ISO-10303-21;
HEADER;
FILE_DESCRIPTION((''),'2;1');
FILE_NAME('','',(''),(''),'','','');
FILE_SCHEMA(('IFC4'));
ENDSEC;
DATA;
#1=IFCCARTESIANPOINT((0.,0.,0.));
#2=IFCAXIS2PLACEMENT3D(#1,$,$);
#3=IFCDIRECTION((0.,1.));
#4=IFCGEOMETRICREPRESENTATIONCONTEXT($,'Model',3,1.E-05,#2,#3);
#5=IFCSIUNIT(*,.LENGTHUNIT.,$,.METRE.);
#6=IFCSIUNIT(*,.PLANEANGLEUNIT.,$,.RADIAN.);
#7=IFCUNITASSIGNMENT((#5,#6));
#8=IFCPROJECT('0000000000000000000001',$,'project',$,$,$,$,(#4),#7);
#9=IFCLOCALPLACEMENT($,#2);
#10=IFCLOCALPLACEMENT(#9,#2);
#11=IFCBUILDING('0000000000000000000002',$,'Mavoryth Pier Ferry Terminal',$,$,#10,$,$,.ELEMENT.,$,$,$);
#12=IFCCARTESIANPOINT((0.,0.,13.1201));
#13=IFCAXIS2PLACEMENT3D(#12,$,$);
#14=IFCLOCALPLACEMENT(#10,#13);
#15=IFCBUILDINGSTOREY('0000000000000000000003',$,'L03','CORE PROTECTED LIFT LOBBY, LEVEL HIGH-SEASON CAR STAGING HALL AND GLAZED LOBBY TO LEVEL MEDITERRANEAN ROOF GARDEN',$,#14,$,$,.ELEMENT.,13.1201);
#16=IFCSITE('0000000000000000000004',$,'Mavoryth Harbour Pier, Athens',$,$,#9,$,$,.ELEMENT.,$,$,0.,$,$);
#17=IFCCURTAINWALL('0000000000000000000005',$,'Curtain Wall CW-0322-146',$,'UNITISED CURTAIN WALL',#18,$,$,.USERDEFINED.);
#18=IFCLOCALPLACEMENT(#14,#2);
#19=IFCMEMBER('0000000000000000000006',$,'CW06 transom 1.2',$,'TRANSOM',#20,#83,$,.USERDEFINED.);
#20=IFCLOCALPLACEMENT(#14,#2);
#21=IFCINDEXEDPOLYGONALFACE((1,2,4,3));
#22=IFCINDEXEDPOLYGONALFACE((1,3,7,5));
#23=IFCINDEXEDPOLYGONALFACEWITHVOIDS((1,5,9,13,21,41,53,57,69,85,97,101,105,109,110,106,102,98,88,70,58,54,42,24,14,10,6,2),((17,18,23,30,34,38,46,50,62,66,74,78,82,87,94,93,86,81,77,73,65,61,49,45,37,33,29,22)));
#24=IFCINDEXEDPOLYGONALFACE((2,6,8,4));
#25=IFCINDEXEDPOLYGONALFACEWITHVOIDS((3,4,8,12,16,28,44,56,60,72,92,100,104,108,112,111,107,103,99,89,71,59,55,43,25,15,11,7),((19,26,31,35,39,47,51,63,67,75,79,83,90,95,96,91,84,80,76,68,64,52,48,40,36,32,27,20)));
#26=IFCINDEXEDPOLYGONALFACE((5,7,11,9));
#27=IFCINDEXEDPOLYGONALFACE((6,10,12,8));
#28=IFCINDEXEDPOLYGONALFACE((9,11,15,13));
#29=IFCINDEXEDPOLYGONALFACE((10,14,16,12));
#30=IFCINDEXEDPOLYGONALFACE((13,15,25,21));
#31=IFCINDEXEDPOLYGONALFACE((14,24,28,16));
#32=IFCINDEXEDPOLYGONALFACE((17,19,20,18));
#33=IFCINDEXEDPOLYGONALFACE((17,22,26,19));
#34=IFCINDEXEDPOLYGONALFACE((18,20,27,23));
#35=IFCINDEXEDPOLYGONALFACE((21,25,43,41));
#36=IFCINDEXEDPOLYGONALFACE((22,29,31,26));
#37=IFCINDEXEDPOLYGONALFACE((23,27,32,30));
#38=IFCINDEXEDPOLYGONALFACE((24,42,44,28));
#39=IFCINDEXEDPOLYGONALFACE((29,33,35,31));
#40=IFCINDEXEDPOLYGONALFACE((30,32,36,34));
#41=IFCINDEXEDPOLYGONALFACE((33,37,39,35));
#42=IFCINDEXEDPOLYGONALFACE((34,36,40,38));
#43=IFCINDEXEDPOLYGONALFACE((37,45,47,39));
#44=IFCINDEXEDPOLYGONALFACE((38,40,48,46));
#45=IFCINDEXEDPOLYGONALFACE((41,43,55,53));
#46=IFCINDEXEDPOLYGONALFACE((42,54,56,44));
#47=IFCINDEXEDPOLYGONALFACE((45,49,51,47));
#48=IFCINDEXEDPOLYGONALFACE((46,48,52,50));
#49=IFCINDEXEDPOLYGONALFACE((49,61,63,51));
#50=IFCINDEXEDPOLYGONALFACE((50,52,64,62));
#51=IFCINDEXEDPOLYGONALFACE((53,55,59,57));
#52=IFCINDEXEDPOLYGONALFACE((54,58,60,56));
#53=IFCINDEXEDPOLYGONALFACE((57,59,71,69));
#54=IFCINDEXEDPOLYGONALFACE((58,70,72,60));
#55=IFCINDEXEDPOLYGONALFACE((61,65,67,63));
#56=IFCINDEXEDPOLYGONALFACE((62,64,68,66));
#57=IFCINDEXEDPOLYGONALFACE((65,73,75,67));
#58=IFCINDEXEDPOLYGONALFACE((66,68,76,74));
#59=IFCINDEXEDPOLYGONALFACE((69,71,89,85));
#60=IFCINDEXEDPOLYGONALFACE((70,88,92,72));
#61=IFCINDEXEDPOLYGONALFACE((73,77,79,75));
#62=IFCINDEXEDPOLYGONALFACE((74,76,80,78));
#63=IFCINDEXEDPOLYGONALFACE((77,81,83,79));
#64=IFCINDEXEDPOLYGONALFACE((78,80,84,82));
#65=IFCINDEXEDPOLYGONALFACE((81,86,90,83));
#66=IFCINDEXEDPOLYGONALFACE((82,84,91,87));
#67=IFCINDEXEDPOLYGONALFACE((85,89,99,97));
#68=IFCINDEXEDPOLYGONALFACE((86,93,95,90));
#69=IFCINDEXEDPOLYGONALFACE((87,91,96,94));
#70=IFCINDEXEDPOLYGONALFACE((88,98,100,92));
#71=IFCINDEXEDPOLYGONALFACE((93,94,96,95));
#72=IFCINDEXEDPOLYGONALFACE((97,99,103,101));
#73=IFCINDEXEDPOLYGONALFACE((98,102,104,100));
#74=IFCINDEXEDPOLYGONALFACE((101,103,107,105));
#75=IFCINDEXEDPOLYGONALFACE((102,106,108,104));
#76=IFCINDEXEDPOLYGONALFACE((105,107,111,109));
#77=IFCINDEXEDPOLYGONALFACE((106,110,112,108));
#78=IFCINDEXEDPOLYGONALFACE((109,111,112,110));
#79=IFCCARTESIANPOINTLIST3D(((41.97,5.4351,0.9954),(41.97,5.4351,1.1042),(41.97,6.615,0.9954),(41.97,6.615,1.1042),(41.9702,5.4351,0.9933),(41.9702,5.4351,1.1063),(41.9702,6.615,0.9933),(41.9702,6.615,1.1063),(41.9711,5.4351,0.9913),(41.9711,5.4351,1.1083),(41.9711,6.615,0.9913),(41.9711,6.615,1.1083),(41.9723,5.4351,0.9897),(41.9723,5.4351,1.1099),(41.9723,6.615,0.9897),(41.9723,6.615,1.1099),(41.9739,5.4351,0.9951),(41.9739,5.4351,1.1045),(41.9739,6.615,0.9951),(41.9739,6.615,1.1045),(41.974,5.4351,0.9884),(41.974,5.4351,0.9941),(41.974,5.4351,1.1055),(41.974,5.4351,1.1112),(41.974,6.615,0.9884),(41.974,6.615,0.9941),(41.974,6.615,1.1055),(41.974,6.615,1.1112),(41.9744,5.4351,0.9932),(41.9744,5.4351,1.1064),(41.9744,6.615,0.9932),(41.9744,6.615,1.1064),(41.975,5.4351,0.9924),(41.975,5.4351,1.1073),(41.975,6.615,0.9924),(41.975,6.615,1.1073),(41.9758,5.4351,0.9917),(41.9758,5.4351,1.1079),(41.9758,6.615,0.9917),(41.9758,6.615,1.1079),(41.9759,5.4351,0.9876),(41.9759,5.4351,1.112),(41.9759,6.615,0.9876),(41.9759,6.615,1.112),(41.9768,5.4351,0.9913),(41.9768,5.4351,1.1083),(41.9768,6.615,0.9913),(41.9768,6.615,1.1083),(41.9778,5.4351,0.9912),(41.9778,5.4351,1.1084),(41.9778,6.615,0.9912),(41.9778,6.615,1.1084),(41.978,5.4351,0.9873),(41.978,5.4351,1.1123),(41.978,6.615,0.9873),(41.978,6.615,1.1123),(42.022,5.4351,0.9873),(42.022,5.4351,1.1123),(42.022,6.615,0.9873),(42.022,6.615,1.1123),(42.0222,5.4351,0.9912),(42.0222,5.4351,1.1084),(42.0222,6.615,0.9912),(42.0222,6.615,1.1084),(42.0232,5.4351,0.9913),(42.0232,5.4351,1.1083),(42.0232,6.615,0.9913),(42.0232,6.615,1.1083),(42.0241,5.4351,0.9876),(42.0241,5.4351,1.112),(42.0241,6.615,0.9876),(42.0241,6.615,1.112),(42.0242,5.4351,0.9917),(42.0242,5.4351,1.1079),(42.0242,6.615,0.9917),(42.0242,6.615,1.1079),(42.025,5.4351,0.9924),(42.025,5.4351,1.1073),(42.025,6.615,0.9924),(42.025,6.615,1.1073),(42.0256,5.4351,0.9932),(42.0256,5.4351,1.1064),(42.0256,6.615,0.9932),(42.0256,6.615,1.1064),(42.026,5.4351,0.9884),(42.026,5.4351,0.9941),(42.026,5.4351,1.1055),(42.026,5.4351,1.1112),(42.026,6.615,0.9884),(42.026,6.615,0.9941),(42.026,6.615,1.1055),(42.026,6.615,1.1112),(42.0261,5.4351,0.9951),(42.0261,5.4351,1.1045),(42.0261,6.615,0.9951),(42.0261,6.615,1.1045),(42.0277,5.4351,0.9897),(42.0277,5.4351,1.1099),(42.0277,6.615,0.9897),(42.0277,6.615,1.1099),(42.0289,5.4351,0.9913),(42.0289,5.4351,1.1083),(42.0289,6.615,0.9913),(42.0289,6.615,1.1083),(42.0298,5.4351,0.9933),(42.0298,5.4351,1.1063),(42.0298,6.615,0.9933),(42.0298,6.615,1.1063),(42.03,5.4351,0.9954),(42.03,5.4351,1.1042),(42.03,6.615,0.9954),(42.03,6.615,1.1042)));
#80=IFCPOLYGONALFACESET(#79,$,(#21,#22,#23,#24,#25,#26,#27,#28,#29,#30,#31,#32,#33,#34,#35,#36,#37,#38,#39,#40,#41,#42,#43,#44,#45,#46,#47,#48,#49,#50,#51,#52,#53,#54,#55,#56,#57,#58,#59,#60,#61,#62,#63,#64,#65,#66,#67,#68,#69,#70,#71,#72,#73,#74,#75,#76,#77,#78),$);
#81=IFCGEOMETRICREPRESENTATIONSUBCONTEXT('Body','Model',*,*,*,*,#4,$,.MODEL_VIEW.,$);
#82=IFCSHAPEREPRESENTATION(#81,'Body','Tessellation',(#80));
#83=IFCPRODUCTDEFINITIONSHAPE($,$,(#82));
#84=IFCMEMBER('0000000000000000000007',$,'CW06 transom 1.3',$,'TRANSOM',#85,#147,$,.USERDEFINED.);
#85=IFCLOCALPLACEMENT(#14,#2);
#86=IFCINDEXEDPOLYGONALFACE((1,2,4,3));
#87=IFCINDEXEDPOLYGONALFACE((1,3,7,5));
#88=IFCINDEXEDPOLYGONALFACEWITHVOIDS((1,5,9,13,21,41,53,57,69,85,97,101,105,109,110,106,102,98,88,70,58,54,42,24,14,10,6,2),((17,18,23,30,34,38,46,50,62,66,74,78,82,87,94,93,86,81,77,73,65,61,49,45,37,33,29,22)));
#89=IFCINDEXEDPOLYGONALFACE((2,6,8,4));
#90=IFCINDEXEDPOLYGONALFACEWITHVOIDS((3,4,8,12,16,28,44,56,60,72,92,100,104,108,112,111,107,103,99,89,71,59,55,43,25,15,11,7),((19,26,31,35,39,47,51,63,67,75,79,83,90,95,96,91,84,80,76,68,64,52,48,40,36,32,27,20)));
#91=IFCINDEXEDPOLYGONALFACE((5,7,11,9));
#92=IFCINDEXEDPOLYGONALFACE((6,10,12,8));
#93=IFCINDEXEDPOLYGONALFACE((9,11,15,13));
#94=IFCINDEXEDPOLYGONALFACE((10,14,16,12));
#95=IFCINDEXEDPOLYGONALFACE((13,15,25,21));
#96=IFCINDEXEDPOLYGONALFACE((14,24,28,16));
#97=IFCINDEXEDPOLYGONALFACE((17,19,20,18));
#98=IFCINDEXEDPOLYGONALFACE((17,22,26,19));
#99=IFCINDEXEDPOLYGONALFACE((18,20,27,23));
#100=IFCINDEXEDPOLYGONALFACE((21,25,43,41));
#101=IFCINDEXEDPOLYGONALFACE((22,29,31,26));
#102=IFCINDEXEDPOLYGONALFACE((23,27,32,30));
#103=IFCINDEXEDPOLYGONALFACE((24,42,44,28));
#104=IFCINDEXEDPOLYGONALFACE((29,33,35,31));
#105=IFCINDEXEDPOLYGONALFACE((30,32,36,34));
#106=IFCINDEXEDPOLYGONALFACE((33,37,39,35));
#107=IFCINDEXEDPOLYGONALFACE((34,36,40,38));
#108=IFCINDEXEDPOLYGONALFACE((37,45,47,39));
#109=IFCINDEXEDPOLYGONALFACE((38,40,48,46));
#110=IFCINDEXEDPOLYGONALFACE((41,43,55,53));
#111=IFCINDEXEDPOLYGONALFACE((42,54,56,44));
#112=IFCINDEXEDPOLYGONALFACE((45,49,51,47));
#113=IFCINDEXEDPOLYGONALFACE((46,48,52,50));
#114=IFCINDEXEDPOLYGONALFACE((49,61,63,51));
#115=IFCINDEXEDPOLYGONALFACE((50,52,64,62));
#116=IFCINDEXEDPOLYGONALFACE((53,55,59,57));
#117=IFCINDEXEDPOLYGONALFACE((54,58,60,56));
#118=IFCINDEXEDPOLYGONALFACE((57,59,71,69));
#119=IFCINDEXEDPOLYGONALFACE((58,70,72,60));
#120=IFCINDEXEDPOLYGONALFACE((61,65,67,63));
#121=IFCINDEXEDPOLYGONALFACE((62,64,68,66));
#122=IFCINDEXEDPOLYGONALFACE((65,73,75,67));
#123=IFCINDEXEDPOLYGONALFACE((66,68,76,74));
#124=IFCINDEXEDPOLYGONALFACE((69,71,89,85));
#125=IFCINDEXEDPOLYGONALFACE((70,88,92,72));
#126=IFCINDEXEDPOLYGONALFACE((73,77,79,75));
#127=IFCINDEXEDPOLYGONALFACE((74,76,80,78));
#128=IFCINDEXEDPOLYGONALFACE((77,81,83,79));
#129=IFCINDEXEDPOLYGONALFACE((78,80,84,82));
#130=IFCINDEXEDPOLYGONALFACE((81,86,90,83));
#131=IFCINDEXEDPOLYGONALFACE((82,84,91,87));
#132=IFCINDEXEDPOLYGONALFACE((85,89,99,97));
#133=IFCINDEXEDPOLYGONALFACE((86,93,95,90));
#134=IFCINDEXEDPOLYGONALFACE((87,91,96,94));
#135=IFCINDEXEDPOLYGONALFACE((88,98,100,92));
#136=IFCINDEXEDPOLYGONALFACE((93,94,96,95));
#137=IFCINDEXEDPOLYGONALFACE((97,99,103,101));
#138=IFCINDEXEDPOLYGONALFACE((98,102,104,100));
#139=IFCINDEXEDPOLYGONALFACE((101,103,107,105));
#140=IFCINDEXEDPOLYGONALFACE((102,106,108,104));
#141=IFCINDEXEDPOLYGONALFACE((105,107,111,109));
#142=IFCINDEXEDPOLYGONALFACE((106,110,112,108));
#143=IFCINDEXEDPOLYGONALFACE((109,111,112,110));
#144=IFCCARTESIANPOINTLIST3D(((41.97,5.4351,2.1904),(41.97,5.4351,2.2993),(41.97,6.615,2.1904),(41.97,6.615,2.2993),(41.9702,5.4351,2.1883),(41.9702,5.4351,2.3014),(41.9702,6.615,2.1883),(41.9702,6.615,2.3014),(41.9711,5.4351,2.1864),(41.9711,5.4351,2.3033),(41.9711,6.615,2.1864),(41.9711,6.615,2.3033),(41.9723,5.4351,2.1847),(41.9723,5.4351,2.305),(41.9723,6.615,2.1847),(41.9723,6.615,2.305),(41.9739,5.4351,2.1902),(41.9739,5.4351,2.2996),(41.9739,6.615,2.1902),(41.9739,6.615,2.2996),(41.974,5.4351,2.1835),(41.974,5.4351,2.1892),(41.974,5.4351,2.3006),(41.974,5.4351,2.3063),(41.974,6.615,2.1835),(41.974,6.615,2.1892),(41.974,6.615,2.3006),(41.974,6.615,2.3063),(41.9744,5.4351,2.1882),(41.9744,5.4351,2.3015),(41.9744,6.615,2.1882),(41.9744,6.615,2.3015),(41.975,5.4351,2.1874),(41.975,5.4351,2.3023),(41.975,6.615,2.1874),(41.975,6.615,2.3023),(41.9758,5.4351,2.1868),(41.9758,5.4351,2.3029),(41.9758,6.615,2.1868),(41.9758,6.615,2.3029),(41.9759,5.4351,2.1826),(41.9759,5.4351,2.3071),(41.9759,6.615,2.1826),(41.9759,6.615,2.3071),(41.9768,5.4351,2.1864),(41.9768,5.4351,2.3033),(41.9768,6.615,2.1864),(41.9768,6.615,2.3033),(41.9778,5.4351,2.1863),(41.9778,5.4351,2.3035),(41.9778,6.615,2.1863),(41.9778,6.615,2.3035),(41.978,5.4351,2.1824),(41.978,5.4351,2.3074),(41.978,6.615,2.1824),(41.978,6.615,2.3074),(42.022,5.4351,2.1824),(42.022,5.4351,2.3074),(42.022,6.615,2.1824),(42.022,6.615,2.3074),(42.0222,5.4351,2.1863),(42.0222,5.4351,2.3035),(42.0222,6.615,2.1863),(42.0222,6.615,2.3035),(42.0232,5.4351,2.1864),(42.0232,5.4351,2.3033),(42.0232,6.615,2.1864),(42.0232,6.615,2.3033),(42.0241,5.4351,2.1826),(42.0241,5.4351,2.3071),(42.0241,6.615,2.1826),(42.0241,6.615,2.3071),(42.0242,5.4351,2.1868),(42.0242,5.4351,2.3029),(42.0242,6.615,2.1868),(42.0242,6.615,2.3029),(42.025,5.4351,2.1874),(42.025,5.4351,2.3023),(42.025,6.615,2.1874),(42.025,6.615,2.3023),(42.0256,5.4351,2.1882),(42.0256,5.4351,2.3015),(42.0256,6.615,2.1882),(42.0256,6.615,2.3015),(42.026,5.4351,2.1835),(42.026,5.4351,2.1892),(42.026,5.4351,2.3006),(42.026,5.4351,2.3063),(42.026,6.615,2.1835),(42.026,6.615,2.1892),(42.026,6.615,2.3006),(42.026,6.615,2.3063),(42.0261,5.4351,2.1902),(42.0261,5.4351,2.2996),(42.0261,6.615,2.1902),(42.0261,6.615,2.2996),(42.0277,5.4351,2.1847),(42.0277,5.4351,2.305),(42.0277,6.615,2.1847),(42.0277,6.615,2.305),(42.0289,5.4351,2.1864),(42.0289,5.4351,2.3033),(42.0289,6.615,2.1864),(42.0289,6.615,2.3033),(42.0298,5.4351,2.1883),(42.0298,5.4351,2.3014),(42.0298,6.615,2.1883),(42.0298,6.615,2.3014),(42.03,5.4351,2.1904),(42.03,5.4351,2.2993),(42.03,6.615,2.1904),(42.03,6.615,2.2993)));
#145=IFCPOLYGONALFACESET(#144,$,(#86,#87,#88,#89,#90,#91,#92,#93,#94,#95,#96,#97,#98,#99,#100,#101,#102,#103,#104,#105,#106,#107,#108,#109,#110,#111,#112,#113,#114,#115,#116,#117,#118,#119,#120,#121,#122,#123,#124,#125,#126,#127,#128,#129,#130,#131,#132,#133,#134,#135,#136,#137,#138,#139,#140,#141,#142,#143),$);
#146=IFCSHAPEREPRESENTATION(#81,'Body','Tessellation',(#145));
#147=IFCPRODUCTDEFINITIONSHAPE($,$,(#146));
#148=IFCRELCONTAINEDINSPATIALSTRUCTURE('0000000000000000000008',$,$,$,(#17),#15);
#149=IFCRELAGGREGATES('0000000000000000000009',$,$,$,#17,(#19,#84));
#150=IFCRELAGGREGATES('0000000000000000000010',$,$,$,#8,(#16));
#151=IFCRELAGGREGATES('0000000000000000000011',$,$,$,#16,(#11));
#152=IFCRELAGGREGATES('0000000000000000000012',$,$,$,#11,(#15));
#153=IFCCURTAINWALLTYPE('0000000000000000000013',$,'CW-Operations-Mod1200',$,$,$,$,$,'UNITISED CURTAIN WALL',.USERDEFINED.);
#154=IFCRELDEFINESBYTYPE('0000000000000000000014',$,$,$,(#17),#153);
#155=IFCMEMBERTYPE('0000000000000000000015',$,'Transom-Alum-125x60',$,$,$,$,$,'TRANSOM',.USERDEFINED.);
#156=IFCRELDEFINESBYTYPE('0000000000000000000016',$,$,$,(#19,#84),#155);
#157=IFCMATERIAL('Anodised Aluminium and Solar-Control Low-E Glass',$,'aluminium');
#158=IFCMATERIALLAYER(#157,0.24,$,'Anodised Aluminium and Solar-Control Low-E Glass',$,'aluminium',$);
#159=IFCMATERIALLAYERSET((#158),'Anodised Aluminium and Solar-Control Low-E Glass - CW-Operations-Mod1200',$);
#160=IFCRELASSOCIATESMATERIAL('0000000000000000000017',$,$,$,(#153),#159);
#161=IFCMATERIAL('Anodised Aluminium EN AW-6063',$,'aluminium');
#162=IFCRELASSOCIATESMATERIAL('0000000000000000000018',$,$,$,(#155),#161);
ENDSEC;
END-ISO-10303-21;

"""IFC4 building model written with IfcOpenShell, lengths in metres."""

from ifc_helpers import new_model, si_unit, direction, frame, origin, origin_2d, place, context, subcontext, project, spatial, hollow_rectangle, extrude, material, layer, layer_set, material_profile, profile_set, type_object, element, aggregate, save


model = new_model("IFC4")

# Units and contexts
model_context = context("Model", 3, precision=1e-05, world=origin(), true_north=direction((0.0, 1.0)))
body_context = subcontext(model_context, "Body", "Model", "MODEL_VIEW")
ifc_project = project(units=[si_unit("LENGTHUNIT", "METRE"), si_unit("PLANEANGLEUNIT", "RADIAN")], contexts=[model_context])

# Site, building, storey
site_placement = place(None, origin())
site = spatial("IfcSite", under=ifc_project, at=site_placement, Name="Mavoryth Harbour Pier, Athens", CompositionType="ELEMENT", RefElevation=0.0)
building_placement = place(site_placement, origin())
building = spatial("IfcBuilding", under=site, at=building_placement, Name="Mavoryth Pier Ferry Terminal", CompositionType="ELEMENT")
storey_placement = place(building_placement, frame((0.0, 0.0, 13.1201)))
storey = spatial("IfcBuildingStorey", under=building, at=storey_placement, Name="L03", Description="CORE PROTECTED LIFT LOBBY, LEVEL HIGH-SEASON CAR STAGING HALL AND GLAZED LOBBY TO LEVEL MEDITERRANEAN ROOF GARDEN", CompositionType="ELEMENT", Elevation=13.1201)

# Shared definitions
ifc_material_1 = material(Name="Anodised Aluminium and Solar-Control Low-E Glass", Category="aluminium")
ifc_layer_1 = layer(ifc_material_1, 0.24, Name="Anodised Aluminium and Solar-Control Low-E Glass", Category="aluminium")
ifc_layer_set_1 = layer_set([ifc_layer_1], Name="Anodised Aluminium and Solar-Control Low-E Glass - CW-Operations-Mod1200")
curtain_wall_type = type_object("IfcCurtainWallType", Name="CW-Operations-Mod1200", ElementType="UNITISED CURTAIN WALL", PredefinedType="USERDEFINED", material=ifc_layer_set_1)
ifc_material_2 = material(Name="Anodised Aluminium EN AW-6063", Category="aluminium")

# Curtain wall, members
curtain_wall_1_placement = place(storey_placement, origin())
curtain_wall_1 = element("IfcCurtainWall", 1, at=curtain_wall_1_placement, inside=storey, type_object=curtain_wall_type, Name="Curtain Wall CW-0322-146", ObjectType="UNITISED CURTAIN WALL", PredefinedType="USERDEFINED")
ifc_material_profile_1 = material_profile(ifc_material_2, hollow_rectangle(XDim=0.0601, YDim=0.125, WallThickness=0.0039, InnerFilletRadius=0.0039, OuterFilletRadius=0.0081, at=origin_2d()), Name="AL-TRAN 125x60x4", Category="aluminium")
ifc_profile_set_1 = profile_set([ifc_material_profile_1], Name="Anodised Aluminium EN AW-6063 - AL-TRAN 125x60x4")
member_type_1 = type_object("IfcMemberType", Name="Transom-Alum-125x60", ElementType="TRANSOM", PredefinedType="USERDEFINED", material=ifc_profile_set_1)
member_1_placement = place(storey_placement, frame((42.0, 6.615, 1.0498), z_axis=(0.0, -1.0, 0.0), x_axis=(1.0, 0.0, 0.0)))
member_1 = element("IfcMember", 2, at=member_1_placement, type_object=member_type_1, Name="CW06 transom 1.2", ObjectType="TRANSOM", PredefinedType="USERDEFINED", context=body_context, shape_type="SweptSolid", body=[
    extrude(hollow_rectangle(XDim=0.0601, YDim=0.125, WallThickness=0.0039, InnerFilletRadius=0.0039, OuterFilletRadius=0.0081, at=origin_2d()), origin(), (0.0, 0.0, 1.0), 1.1799),
])
member_2_placement = place(storey_placement, frame((42.0, 6.615, 2.2449), z_axis=(0.0, -1.0, 0.0), x_axis=(1.0, 0.0, 0.0)))
member_2 = element("IfcMember", 3, at=member_2_placement, type_object=member_type_1, Name="CW06 transom 1.3", ObjectType="TRANSOM", PredefinedType="USERDEFINED", context=body_context, shape_type="SweptSolid", body=[
    extrude(hollow_rectangle(XDim=0.0601, YDim=0.125, WallThickness=0.0039, InnerFilletRadius=0.0039, OuterFilletRadius=0.0081, at=origin_2d()), origin(), (0.0, 0.0, 1.0), 1.1799),
])
aggregate(curtain_wall_1, [member_1, member_2])

save(model, "model.ifc")
